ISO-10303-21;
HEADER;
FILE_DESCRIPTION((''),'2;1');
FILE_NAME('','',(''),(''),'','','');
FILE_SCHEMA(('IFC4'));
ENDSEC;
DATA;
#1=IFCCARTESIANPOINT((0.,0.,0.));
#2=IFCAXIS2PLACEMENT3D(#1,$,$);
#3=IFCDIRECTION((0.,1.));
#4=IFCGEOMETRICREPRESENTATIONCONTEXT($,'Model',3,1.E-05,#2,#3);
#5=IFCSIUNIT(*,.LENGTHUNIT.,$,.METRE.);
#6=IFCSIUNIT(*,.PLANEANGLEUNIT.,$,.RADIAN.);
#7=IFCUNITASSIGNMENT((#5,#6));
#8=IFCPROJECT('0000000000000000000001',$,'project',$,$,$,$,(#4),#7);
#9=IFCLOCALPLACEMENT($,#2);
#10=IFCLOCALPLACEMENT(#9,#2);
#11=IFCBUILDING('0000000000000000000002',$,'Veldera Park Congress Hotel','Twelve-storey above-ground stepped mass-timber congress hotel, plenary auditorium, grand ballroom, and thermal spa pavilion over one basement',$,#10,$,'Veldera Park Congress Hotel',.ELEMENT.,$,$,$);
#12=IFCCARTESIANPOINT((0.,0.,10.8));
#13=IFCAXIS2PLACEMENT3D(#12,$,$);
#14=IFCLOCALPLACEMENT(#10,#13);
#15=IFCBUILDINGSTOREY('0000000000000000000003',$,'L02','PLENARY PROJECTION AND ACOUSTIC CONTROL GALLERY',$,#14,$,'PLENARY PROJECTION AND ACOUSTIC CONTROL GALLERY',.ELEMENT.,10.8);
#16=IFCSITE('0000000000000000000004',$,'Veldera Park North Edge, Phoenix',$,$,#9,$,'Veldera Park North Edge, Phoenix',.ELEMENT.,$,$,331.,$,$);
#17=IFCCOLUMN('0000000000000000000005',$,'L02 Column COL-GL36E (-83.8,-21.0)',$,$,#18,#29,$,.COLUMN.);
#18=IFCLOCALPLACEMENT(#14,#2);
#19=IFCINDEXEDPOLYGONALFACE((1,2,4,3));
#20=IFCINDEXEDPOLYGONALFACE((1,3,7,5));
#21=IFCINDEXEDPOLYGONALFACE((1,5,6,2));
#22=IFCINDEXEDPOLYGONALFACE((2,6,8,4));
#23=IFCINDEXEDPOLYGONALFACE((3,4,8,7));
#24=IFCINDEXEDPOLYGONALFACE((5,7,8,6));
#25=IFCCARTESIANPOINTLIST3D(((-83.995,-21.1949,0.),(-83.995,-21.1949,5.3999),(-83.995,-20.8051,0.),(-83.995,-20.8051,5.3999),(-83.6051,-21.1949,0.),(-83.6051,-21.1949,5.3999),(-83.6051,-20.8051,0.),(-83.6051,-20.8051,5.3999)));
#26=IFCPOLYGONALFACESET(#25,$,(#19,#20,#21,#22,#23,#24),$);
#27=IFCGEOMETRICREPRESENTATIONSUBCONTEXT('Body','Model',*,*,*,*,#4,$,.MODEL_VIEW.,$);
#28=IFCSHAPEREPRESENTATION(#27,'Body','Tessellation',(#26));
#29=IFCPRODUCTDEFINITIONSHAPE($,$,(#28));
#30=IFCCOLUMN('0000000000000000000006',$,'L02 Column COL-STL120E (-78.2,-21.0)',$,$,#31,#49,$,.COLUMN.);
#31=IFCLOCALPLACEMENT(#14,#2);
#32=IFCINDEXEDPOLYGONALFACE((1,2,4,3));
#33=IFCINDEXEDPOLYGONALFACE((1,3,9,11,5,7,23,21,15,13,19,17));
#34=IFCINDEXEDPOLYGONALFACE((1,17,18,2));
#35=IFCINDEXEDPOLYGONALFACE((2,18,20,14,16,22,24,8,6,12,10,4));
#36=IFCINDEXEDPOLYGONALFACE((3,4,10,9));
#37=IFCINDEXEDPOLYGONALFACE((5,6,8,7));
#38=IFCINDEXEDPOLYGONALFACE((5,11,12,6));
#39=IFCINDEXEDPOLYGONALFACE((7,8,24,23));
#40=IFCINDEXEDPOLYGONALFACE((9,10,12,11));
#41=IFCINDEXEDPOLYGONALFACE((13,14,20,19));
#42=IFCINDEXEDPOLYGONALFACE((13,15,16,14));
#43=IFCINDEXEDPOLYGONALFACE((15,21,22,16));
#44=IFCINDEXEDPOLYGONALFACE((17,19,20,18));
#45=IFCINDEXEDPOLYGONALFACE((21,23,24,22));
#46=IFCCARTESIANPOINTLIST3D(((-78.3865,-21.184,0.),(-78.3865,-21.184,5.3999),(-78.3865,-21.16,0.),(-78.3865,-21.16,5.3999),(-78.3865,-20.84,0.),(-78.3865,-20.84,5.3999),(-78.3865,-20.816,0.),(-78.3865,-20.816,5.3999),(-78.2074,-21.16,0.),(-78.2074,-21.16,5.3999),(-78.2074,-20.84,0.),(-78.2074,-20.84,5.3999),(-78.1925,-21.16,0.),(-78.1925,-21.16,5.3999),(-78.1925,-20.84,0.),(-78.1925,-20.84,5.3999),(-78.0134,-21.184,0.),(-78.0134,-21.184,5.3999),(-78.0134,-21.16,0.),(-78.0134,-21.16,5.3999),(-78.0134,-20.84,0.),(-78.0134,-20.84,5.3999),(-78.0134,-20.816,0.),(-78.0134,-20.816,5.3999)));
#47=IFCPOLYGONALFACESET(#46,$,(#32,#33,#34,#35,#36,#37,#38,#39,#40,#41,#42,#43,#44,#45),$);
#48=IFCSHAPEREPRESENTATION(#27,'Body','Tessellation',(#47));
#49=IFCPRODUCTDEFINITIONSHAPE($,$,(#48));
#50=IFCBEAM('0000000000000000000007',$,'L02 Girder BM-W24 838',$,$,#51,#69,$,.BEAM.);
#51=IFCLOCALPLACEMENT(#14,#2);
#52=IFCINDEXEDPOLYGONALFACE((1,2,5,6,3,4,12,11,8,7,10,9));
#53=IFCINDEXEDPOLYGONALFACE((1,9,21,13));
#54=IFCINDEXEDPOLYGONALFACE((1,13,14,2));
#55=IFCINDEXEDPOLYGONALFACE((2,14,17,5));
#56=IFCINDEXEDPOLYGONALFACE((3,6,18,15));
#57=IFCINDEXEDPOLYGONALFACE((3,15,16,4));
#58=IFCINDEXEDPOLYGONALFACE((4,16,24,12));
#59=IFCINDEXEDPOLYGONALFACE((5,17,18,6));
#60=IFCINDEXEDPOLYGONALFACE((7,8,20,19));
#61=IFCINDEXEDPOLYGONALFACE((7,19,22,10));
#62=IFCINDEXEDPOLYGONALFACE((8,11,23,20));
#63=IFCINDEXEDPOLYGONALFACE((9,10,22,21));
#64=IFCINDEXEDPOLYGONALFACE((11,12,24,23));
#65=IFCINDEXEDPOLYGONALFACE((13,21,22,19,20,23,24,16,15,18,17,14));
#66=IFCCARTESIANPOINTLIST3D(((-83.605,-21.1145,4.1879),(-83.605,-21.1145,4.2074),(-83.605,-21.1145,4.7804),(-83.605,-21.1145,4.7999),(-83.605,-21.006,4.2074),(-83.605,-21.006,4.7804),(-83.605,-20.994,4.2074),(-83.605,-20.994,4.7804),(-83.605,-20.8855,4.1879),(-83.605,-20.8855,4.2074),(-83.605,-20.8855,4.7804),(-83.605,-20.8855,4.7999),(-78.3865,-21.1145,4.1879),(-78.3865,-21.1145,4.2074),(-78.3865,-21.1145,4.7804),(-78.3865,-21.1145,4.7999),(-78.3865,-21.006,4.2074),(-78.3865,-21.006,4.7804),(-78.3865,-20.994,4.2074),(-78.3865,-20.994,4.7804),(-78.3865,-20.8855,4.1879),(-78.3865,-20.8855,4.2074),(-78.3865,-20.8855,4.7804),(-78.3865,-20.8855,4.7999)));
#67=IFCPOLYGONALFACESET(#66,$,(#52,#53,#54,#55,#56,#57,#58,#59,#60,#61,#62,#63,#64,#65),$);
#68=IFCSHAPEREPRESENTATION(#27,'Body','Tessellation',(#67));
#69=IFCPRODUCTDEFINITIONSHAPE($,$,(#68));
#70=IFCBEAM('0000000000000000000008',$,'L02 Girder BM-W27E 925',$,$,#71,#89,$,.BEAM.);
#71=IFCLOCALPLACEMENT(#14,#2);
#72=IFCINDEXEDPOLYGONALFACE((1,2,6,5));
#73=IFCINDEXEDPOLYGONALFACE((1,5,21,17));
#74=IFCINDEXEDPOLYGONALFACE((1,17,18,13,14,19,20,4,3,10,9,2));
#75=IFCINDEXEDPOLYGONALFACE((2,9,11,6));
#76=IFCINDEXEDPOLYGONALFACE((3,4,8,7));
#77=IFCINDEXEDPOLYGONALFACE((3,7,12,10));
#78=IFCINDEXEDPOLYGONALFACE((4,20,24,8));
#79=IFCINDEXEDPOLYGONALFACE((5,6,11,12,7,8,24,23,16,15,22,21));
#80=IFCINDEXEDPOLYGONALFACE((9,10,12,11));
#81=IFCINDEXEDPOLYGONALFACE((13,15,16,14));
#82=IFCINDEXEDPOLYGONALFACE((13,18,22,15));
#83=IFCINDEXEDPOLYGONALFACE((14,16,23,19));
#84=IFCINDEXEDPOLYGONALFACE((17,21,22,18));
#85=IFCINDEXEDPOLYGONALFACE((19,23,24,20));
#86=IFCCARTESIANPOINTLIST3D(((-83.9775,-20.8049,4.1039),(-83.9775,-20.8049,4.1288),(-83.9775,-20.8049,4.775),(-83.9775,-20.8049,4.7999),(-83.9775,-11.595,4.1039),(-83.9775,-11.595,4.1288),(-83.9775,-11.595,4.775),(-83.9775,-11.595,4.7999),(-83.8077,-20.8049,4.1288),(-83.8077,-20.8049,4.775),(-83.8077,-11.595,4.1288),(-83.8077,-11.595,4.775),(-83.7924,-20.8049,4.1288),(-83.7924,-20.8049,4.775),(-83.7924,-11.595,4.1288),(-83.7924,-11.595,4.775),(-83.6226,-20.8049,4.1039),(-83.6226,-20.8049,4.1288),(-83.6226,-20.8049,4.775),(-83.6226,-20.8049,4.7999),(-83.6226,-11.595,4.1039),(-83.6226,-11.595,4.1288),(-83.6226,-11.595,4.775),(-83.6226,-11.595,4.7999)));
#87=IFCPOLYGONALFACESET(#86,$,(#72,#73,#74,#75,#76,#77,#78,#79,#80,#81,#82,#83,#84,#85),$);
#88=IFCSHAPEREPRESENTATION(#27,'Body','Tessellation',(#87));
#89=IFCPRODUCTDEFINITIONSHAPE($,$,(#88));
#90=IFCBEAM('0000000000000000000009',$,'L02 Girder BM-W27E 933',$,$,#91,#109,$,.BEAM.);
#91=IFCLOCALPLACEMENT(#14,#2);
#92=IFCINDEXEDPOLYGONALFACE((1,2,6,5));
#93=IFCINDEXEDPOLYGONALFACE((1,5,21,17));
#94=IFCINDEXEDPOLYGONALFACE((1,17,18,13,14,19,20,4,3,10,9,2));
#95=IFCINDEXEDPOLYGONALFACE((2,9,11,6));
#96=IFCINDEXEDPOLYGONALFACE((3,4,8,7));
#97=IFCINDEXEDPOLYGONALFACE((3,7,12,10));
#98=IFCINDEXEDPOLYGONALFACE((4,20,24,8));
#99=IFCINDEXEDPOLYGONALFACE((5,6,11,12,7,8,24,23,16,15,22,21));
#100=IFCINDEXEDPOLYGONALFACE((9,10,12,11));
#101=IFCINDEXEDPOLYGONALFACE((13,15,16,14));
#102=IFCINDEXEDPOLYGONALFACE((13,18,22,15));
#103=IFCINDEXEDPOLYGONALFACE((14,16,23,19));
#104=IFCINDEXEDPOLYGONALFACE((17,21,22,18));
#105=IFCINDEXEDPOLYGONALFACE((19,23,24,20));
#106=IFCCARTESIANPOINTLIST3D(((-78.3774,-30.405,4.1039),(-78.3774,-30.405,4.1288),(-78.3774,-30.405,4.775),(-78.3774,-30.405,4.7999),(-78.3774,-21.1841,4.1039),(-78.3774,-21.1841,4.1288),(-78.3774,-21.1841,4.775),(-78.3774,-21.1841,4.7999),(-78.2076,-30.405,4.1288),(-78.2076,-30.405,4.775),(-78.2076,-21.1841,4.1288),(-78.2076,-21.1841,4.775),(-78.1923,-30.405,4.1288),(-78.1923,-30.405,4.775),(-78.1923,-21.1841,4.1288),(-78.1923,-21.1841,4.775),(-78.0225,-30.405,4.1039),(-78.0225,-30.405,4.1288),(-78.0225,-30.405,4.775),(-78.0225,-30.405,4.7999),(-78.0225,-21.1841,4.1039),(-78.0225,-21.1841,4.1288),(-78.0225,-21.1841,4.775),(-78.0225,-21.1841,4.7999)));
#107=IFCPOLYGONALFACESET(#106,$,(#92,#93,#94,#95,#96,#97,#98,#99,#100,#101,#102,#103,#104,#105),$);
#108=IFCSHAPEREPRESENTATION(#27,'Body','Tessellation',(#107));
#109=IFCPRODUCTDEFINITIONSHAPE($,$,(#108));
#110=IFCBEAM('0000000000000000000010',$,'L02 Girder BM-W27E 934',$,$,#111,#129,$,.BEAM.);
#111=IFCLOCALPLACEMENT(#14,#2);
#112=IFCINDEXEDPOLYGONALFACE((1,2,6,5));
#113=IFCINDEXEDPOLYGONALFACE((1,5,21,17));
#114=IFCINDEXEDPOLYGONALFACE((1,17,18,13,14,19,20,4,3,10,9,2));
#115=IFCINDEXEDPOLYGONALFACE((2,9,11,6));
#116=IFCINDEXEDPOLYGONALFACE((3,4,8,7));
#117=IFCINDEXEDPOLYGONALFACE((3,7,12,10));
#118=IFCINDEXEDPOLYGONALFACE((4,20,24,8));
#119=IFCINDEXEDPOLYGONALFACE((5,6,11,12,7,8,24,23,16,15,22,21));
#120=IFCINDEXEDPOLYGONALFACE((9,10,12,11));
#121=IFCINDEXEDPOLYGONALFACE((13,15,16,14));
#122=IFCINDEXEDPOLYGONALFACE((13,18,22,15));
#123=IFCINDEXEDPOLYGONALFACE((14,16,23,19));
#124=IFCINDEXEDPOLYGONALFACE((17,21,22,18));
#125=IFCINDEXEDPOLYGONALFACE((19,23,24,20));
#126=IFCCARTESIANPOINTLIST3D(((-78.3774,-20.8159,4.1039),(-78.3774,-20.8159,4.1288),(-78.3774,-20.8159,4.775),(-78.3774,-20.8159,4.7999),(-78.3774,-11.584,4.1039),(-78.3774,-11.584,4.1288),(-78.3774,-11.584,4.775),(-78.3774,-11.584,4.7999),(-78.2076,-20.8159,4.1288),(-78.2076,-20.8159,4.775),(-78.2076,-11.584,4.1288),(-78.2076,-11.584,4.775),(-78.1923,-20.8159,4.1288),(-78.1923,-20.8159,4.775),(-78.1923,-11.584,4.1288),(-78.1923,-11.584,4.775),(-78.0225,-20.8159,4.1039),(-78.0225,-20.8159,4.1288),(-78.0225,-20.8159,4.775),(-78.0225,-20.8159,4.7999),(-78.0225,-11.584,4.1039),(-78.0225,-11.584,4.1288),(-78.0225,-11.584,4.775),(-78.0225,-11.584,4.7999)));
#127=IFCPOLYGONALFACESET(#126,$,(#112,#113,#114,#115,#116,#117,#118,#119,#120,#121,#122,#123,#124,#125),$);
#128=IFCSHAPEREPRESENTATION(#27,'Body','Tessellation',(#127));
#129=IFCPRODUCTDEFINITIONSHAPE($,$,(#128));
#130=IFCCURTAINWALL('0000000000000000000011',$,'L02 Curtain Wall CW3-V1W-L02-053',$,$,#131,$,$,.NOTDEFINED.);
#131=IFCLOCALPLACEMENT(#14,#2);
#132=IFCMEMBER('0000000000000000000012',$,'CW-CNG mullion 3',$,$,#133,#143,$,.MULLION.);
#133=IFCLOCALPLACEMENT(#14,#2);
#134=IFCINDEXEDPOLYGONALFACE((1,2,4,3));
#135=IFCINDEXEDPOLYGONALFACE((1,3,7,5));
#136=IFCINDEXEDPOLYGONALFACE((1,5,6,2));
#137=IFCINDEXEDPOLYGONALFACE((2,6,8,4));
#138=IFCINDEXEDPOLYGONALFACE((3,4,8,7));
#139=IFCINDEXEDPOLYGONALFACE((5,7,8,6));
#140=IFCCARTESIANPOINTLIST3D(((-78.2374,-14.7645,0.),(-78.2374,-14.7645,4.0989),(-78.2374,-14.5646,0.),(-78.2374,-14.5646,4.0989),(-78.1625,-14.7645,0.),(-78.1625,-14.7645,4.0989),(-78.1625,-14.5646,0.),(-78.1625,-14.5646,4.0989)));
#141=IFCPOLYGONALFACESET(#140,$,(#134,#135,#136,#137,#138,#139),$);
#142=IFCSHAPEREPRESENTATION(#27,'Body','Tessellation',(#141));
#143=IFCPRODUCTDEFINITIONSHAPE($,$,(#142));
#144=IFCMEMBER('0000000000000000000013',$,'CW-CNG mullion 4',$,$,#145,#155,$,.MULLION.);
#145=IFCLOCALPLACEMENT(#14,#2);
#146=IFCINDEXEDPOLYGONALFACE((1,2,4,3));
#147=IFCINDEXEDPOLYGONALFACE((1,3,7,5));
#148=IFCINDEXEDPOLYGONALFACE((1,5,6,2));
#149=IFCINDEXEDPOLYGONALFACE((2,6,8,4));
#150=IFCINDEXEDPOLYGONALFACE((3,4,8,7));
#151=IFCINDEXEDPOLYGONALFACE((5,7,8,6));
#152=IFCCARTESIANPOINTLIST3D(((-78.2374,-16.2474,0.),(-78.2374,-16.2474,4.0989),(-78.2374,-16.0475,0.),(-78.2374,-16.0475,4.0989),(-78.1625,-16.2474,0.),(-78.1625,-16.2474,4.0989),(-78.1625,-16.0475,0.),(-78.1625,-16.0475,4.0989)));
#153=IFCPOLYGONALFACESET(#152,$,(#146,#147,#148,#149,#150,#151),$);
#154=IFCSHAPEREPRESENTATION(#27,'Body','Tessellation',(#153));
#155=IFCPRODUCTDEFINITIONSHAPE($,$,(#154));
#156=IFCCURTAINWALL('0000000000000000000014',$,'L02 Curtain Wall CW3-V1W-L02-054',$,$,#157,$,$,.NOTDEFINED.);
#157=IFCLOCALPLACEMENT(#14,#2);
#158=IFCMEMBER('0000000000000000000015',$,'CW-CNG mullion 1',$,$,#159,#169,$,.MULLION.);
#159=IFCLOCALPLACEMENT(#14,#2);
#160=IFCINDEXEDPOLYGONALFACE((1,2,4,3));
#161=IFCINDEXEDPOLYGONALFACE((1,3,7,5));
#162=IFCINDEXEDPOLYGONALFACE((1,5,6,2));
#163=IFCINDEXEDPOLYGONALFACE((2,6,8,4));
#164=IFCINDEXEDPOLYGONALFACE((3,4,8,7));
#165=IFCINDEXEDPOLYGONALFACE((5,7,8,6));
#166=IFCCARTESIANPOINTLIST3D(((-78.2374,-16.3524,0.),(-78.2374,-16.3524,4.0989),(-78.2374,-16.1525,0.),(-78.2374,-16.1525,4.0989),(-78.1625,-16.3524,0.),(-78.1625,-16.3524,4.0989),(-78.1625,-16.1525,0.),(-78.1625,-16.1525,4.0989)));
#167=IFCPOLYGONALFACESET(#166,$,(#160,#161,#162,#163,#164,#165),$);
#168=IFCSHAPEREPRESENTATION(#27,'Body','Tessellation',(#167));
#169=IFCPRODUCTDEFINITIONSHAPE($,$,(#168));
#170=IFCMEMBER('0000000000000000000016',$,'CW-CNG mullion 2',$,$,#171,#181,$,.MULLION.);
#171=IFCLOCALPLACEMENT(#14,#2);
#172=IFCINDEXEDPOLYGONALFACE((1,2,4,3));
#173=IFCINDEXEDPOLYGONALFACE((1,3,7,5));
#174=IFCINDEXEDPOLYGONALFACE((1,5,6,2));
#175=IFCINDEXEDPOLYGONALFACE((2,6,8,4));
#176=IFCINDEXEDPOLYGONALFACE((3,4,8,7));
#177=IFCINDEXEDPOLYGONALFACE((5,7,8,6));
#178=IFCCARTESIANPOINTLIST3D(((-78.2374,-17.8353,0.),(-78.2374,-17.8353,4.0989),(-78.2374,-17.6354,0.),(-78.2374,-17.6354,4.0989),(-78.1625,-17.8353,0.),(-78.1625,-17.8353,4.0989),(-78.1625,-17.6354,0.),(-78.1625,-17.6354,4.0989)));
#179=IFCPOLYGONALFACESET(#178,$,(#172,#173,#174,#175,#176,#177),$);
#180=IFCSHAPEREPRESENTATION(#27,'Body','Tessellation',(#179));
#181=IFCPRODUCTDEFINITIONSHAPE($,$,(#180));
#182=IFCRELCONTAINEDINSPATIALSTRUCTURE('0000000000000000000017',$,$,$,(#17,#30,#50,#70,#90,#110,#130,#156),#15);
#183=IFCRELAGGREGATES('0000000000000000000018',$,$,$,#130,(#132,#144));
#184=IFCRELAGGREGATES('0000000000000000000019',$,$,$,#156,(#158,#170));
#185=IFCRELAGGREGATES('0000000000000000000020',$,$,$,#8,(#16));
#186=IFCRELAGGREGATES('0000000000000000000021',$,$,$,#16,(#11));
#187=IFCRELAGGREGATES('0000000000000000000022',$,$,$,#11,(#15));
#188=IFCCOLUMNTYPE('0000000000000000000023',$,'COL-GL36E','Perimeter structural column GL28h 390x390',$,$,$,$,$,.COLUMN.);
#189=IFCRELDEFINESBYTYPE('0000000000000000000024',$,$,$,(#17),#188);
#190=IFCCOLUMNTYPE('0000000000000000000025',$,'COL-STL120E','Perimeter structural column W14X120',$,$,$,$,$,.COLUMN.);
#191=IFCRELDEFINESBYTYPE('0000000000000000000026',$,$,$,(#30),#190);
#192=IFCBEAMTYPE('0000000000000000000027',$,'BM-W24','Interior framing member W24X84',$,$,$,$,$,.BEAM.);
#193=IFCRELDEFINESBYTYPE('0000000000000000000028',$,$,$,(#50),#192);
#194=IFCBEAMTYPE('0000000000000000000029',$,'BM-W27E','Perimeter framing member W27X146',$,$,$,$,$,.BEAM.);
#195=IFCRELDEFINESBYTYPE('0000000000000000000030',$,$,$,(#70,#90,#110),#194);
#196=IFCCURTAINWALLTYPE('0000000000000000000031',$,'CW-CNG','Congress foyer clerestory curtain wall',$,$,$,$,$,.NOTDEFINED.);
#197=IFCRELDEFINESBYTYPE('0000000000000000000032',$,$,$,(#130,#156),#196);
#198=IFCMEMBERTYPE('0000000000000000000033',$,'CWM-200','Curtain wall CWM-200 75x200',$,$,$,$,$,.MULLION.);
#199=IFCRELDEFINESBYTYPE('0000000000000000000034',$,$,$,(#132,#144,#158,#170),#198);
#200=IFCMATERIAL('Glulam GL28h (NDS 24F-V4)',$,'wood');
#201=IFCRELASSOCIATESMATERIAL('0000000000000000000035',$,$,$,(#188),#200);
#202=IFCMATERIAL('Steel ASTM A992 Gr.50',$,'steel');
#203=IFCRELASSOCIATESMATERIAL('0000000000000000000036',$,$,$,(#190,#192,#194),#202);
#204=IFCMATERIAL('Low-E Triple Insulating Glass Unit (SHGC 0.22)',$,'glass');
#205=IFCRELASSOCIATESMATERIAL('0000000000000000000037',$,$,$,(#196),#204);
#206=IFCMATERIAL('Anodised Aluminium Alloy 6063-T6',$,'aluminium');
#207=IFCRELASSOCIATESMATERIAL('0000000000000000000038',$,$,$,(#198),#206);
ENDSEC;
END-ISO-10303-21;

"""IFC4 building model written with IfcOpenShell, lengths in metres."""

from ifc_helpers import new_model, si_unit, direction, frame, origin, origin_2d, place, context, subcontext, project, spatial, rectangle, i_section, extrude, material, material_profile, profile_set, type_object, element, aggregate, save


model = new_model("IFC4")

# Units and contexts
model_context = context("Model", 3, precision=1e-05, world=origin(), true_north=direction((0.0, 1.0)))
body_context = subcontext(model_context, "Body", "Model", "MODEL_VIEW")
ifc_project = project(units=[si_unit("LENGTHUNIT", "METRE"), si_unit("PLANEANGLEUNIT", "RADIAN")], contexts=[model_context])

# Site, building, storey
site_placement = place(None, origin())
site = spatial("IfcSite", under=ifc_project, at=site_placement, Name="Veldera Park North Edge, Phoenix", LongName="Veldera Park North Edge, Phoenix", CompositionType="ELEMENT", RefElevation=331.0)
building_placement = place(site_placement, origin())
building = spatial("IfcBuilding", under=site, at=building_placement, Name="Veldera Park Congress Hotel", Description="Twelve-storey above-ground stepped mass-timber congress hotel, plenary auditorium, grand ballroom, and thermal spa pavilion over one basement", LongName="Veldera Park Congress Hotel", CompositionType="ELEMENT")
storey_placement = place(building_placement, frame((0.0, 0.0, 10.8)))
storey = spatial("IfcBuildingStorey", under=building, at=storey_placement, Name="L02", Description="PLENARY PROJECTION AND ACOUSTIC CONTROL GALLERY", LongName="PLENARY PROJECTION AND ACOUSTIC CONTROL GALLERY", CompositionType="ELEMENT", Elevation=10.8)

# Columns
ifc_material_1 = material(Name="Glulam GL28h (NDS 24F-V4)", Category="wood")
ifc_material_profile_1 = material_profile(ifc_material_1, rectangle(XDim=0.3899, YDim=0.3899, at=origin_2d()), Name="GL28h 390x390")
ifc_profile_set_1 = profile_set([ifc_material_profile_1], Name="Glulam GL28h (NDS 24F-V4)")
column_type_1 = type_object("IfcColumnType", Name="COL-GL36E", Description="Perimeter structural column GL28h 390x390", PredefinedType="COLUMN", material=ifc_profile_set_1)
column_1_placement = place(storey_placement, frame((-83.8, -21.0, 0.0), z_axis=(0.0, 0.0, 1.0), x_axis=(1.0, 0.0, 0.0)))
element("IfcColumn", 1, at=column_1_placement, inside=storey, type_object=column_type_1, Name="L02 Column COL-GL36E (-83.8,-21.0)", PredefinedType="COLUMN", context=body_context, shape_type="SweptSolid", body=[
    extrude(rectangle(XDim=0.3899, YDim=0.3899, at=origin_2d()), origin(), (0.0, 0.0, 1.0), 5.3999),
])
ifc_material_2 = material(Name="Steel ASTM A992 Gr.50", Category="steel")
ifc_material_profile_2 = material_profile(ifc_material_2, i_section(OverallWidth=0.373, OverallDepth=0.3679, WebThickness=0.0149, FlangeThickness=0.0239, at=origin_2d()), Name="W14X120")
ifc_profile_set_2 = profile_set([ifc_material_profile_2], Name="Steel ASTM A992 Gr.50")
column_type_2 = type_object("IfcColumnType", Name="COL-STL120E", Description="Perimeter structural column W14X120", PredefinedType="COLUMN", material=ifc_profile_set_2)
column_2_placement = place(storey_placement, frame((-78.2, -21.0, 0.0), z_axis=(0.0, 0.0, 1.0), x_axis=(1.0, 0.0, 0.0)))
element("IfcColumn", 2, at=column_2_placement, inside=storey, type_object=column_type_2, Name="L02 Column COL-STL120E (-78.2,-21.0)", PredefinedType="COLUMN", context=body_context, shape_type="SweptSolid", body=[
    extrude(i_section(OverallWidth=0.373, OverallDepth=0.3679, WebThickness=0.0149, FlangeThickness=0.0239, at=origin_2d()), origin(), (0.0, 0.0, 1.0), 5.3999),
])

# Beams
ifc_material_profile_3 = material_profile(ifc_material_2, i_section(OverallWidth=0.229, OverallDepth=0.6121, WebThickness=0.012, FlangeThickness=0.0195, at=origin_2d()), Name="W24X84")
ifc_profile_set_3 = profile_set([ifc_material_profile_3], Name="Steel ASTM A992 Gr.50")
beam_type_1 = type_object("IfcBeamType", Name="BM-W24", Description="Interior framing member W24X84", PredefinedType="BEAM", material=ifc_profile_set_3)
beam_1_placement = place(storey_placement, frame((-83.605, -21.0, 4.4939), z_axis=(1.0, 0.0, 0.0), x_axis=(0.0, 1.0, 0.0)))
element("IfcBeam", 3, at=beam_1_placement, inside=storey, type_object=beam_type_1, Name="L02 Girder BM-W24 838", PredefinedType="BEAM", context=body_context, shape_type="SweptSolid", body=[
    extrude(i_section(OverallWidth=0.229, OverallDepth=0.6121, WebThickness=0.012, FlangeThickness=0.0195, at=origin_2d()), origin(), (0.0, 0.0, 1.0), 5.2185),
])
ifc_material_profile_4 = material_profile(ifc_material_2, i_section(OverallWidth=0.355, OverallDepth=0.696, WebThickness=0.0154, FlangeThickness=0.0249, at=origin_2d()), Name="W27X146")
ifc_profile_set_4 = profile_set([ifc_material_profile_4], Name="Steel ASTM A992 Gr.50")
beam_type_2 = type_object("IfcBeamType", Name="BM-W27E", Description="Perimeter framing member W27X146", PredefinedType="BEAM", material=ifc_profile_set_4)
beam_2_placement = place(storey_placement, frame((-83.8, -20.8049, 4.4519), z_axis=(0.0, 1.0, 0.0), x_axis=(-1.0, 0.0, 0.0)))
element("IfcBeam", 4, at=beam_2_placement, inside=storey, type_object=beam_type_2, Name="L02 Girder BM-W27E 925", PredefinedType="BEAM", context=body_context, shape_type="SweptSolid", body=[
    extrude(i_section(OverallWidth=0.355, OverallDepth=0.696, WebThickness=0.0154, FlangeThickness=0.0249, at=origin_2d()), origin(), (0.0, 0.0, 1.0), 9.21),
])
beam_3_placement = place(storey_placement, frame((-78.2, -30.405, 4.4519), z_axis=(0.0, 1.0, 0.0), x_axis=(-1.0, 0.0, 0.0)))
element("IfcBeam", 5, at=beam_3_placement, inside=storey, type_object=beam_type_2, Name="L02 Girder BM-W27E 933", PredefinedType="BEAM", context=body_context, shape_type="SweptSolid", body=[
    extrude(i_section(OverallWidth=0.355, OverallDepth=0.696, WebThickness=0.0154, FlangeThickness=0.0249, at=origin_2d()), origin(), (0.0, 0.0, 1.0), 9.2209),
])
beam_4_placement = place(storey_placement, frame((-78.2, -20.8159, 4.4519), z_axis=(0.0, 1.0, 0.0), x_axis=(-1.0, 0.0, 0.0)))
element("IfcBeam", 6, at=beam_4_placement, inside=storey, type_object=beam_type_2, Name="L02 Girder BM-W27E 934", PredefinedType="BEAM", context=body_context, shape_type="SweptSolid", body=[
    extrude(i_section(OverallWidth=0.355, OverallDepth=0.696, WebThickness=0.0154, FlangeThickness=0.0249, at=origin_2d()), origin(), (0.0, 0.0, 1.0), 9.2319),
])

# Curtain walls, members
ifc_material_3 = material(Name="Low-E Triple Insulating Glass Unit (SHGC 0.22)", Category="glass")
curtain_wall_type = type_object("IfcCurtainWallType", Name="CW-CNG", Description="Congress foyer clerestory curtain wall", PredefinedType="NOTDEFINED", material=ifc_material_3)
curtain_wall_1_placement = place(storey_placement, origin())
curtain_wall_1 = element("IfcCurtainWall", 7, at=curtain_wall_1_placement, inside=storey, type_object=curtain_wall_type, Name="L02 Curtain Wall CW3-V1W-L02-053", PredefinedType="NOTDEFINED")
ifc_material_4 = material(Name="Anodised Aluminium Alloy 6063-T6", Category="aluminium")
ifc_material_profile_5 = material_profile(ifc_material_4, rectangle(XDim=0.075, YDim=0.2, at=origin_2d()), Name="ALU 75x200")
ifc_profile_set_5 = profile_set([ifc_material_profile_5], Name="Anodised Aluminium Alloy 6063-T6")
member_type_1 = type_object("IfcMemberType", Name="CWM-200", Description="Curtain wall CWM-200 75x200", PredefinedType="MULLION", material=ifc_profile_set_5)
member_1_placement = place(storey_placement, frame((-78.2, -14.6646, 0.0), z_axis=(0.0, 0.0, 1.0), x_axis=(1.0, 0.0, 0.0)))
member_1 = element("IfcMember", 8, at=member_1_placement, type_object=member_type_1, Name="CW-CNG mullion 3", PredefinedType="MULLION", context=body_context, shape_type="SweptSolid", body=[
    extrude(rectangle(XDim=0.075, YDim=0.2, at=origin_2d()), origin(), (0.0, 0.0, 1.0), 4.0989),
])
member_2_placement = place(storey_placement, frame((-78.2, -16.1475, 0.0), z_axis=(0.0, 0.0, 1.0), x_axis=(1.0, 0.0, 0.0)))
member_2 = element("IfcMember", 9, at=member_2_placement, type_object=member_type_1, Name="CW-CNG mullion 4", PredefinedType="MULLION", context=body_context, shape_type="SweptSolid", body=[
    extrude(rectangle(XDim=0.075, YDim=0.2, at=origin_2d()), origin(), (0.0, 0.0, 1.0), 4.0989),
])
curtain_wall_2_placement = place(storey_placement, origin())
curtain_wall_2 = element("IfcCurtainWall", 10, at=curtain_wall_2_placement, inside=storey, type_object=curtain_wall_type, Name="L02 Curtain Wall CW3-V1W-L02-054", PredefinedType="NOTDEFINED")
member_3_placement = place(storey_placement, frame((-78.2, -16.2524, 0.0), z_axis=(0.0, 0.0, 1.0), x_axis=(1.0, 0.0, 0.0)))
member_3 = element("IfcMember", 11, at=member_3_placement, type_object=member_type_1, Name="CW-CNG mullion 1", PredefinedType="MULLION", context=body_context, shape_type="SweptSolid", body=[
    extrude(rectangle(XDim=0.075, YDim=0.2, at=origin_2d()), origin(), (0.0, 0.0, 1.0), 4.0989),
])
member_4_placement = place(storey_placement, frame((-78.2, -17.7354, 0.0), z_axis=(0.0, 0.0, 1.0), x_axis=(1.0, 0.0, 0.0)))
member_4 = element("IfcMember", 12, at=member_4_placement, type_object=member_type_1, Name="CW-CNG mullion 2", PredefinedType="MULLION", context=body_context, shape_type="SweptSolid", body=[
    extrude(rectangle(XDim=0.075, YDim=0.2, at=origin_2d()), origin(), (0.0, 0.0, 1.0), 4.0989),
])

aggregate(curtain_wall_1, [member_1, member_2])
aggregate(curtain_wall_2, [member_3, member_4])

save(model, "model.ifc")
